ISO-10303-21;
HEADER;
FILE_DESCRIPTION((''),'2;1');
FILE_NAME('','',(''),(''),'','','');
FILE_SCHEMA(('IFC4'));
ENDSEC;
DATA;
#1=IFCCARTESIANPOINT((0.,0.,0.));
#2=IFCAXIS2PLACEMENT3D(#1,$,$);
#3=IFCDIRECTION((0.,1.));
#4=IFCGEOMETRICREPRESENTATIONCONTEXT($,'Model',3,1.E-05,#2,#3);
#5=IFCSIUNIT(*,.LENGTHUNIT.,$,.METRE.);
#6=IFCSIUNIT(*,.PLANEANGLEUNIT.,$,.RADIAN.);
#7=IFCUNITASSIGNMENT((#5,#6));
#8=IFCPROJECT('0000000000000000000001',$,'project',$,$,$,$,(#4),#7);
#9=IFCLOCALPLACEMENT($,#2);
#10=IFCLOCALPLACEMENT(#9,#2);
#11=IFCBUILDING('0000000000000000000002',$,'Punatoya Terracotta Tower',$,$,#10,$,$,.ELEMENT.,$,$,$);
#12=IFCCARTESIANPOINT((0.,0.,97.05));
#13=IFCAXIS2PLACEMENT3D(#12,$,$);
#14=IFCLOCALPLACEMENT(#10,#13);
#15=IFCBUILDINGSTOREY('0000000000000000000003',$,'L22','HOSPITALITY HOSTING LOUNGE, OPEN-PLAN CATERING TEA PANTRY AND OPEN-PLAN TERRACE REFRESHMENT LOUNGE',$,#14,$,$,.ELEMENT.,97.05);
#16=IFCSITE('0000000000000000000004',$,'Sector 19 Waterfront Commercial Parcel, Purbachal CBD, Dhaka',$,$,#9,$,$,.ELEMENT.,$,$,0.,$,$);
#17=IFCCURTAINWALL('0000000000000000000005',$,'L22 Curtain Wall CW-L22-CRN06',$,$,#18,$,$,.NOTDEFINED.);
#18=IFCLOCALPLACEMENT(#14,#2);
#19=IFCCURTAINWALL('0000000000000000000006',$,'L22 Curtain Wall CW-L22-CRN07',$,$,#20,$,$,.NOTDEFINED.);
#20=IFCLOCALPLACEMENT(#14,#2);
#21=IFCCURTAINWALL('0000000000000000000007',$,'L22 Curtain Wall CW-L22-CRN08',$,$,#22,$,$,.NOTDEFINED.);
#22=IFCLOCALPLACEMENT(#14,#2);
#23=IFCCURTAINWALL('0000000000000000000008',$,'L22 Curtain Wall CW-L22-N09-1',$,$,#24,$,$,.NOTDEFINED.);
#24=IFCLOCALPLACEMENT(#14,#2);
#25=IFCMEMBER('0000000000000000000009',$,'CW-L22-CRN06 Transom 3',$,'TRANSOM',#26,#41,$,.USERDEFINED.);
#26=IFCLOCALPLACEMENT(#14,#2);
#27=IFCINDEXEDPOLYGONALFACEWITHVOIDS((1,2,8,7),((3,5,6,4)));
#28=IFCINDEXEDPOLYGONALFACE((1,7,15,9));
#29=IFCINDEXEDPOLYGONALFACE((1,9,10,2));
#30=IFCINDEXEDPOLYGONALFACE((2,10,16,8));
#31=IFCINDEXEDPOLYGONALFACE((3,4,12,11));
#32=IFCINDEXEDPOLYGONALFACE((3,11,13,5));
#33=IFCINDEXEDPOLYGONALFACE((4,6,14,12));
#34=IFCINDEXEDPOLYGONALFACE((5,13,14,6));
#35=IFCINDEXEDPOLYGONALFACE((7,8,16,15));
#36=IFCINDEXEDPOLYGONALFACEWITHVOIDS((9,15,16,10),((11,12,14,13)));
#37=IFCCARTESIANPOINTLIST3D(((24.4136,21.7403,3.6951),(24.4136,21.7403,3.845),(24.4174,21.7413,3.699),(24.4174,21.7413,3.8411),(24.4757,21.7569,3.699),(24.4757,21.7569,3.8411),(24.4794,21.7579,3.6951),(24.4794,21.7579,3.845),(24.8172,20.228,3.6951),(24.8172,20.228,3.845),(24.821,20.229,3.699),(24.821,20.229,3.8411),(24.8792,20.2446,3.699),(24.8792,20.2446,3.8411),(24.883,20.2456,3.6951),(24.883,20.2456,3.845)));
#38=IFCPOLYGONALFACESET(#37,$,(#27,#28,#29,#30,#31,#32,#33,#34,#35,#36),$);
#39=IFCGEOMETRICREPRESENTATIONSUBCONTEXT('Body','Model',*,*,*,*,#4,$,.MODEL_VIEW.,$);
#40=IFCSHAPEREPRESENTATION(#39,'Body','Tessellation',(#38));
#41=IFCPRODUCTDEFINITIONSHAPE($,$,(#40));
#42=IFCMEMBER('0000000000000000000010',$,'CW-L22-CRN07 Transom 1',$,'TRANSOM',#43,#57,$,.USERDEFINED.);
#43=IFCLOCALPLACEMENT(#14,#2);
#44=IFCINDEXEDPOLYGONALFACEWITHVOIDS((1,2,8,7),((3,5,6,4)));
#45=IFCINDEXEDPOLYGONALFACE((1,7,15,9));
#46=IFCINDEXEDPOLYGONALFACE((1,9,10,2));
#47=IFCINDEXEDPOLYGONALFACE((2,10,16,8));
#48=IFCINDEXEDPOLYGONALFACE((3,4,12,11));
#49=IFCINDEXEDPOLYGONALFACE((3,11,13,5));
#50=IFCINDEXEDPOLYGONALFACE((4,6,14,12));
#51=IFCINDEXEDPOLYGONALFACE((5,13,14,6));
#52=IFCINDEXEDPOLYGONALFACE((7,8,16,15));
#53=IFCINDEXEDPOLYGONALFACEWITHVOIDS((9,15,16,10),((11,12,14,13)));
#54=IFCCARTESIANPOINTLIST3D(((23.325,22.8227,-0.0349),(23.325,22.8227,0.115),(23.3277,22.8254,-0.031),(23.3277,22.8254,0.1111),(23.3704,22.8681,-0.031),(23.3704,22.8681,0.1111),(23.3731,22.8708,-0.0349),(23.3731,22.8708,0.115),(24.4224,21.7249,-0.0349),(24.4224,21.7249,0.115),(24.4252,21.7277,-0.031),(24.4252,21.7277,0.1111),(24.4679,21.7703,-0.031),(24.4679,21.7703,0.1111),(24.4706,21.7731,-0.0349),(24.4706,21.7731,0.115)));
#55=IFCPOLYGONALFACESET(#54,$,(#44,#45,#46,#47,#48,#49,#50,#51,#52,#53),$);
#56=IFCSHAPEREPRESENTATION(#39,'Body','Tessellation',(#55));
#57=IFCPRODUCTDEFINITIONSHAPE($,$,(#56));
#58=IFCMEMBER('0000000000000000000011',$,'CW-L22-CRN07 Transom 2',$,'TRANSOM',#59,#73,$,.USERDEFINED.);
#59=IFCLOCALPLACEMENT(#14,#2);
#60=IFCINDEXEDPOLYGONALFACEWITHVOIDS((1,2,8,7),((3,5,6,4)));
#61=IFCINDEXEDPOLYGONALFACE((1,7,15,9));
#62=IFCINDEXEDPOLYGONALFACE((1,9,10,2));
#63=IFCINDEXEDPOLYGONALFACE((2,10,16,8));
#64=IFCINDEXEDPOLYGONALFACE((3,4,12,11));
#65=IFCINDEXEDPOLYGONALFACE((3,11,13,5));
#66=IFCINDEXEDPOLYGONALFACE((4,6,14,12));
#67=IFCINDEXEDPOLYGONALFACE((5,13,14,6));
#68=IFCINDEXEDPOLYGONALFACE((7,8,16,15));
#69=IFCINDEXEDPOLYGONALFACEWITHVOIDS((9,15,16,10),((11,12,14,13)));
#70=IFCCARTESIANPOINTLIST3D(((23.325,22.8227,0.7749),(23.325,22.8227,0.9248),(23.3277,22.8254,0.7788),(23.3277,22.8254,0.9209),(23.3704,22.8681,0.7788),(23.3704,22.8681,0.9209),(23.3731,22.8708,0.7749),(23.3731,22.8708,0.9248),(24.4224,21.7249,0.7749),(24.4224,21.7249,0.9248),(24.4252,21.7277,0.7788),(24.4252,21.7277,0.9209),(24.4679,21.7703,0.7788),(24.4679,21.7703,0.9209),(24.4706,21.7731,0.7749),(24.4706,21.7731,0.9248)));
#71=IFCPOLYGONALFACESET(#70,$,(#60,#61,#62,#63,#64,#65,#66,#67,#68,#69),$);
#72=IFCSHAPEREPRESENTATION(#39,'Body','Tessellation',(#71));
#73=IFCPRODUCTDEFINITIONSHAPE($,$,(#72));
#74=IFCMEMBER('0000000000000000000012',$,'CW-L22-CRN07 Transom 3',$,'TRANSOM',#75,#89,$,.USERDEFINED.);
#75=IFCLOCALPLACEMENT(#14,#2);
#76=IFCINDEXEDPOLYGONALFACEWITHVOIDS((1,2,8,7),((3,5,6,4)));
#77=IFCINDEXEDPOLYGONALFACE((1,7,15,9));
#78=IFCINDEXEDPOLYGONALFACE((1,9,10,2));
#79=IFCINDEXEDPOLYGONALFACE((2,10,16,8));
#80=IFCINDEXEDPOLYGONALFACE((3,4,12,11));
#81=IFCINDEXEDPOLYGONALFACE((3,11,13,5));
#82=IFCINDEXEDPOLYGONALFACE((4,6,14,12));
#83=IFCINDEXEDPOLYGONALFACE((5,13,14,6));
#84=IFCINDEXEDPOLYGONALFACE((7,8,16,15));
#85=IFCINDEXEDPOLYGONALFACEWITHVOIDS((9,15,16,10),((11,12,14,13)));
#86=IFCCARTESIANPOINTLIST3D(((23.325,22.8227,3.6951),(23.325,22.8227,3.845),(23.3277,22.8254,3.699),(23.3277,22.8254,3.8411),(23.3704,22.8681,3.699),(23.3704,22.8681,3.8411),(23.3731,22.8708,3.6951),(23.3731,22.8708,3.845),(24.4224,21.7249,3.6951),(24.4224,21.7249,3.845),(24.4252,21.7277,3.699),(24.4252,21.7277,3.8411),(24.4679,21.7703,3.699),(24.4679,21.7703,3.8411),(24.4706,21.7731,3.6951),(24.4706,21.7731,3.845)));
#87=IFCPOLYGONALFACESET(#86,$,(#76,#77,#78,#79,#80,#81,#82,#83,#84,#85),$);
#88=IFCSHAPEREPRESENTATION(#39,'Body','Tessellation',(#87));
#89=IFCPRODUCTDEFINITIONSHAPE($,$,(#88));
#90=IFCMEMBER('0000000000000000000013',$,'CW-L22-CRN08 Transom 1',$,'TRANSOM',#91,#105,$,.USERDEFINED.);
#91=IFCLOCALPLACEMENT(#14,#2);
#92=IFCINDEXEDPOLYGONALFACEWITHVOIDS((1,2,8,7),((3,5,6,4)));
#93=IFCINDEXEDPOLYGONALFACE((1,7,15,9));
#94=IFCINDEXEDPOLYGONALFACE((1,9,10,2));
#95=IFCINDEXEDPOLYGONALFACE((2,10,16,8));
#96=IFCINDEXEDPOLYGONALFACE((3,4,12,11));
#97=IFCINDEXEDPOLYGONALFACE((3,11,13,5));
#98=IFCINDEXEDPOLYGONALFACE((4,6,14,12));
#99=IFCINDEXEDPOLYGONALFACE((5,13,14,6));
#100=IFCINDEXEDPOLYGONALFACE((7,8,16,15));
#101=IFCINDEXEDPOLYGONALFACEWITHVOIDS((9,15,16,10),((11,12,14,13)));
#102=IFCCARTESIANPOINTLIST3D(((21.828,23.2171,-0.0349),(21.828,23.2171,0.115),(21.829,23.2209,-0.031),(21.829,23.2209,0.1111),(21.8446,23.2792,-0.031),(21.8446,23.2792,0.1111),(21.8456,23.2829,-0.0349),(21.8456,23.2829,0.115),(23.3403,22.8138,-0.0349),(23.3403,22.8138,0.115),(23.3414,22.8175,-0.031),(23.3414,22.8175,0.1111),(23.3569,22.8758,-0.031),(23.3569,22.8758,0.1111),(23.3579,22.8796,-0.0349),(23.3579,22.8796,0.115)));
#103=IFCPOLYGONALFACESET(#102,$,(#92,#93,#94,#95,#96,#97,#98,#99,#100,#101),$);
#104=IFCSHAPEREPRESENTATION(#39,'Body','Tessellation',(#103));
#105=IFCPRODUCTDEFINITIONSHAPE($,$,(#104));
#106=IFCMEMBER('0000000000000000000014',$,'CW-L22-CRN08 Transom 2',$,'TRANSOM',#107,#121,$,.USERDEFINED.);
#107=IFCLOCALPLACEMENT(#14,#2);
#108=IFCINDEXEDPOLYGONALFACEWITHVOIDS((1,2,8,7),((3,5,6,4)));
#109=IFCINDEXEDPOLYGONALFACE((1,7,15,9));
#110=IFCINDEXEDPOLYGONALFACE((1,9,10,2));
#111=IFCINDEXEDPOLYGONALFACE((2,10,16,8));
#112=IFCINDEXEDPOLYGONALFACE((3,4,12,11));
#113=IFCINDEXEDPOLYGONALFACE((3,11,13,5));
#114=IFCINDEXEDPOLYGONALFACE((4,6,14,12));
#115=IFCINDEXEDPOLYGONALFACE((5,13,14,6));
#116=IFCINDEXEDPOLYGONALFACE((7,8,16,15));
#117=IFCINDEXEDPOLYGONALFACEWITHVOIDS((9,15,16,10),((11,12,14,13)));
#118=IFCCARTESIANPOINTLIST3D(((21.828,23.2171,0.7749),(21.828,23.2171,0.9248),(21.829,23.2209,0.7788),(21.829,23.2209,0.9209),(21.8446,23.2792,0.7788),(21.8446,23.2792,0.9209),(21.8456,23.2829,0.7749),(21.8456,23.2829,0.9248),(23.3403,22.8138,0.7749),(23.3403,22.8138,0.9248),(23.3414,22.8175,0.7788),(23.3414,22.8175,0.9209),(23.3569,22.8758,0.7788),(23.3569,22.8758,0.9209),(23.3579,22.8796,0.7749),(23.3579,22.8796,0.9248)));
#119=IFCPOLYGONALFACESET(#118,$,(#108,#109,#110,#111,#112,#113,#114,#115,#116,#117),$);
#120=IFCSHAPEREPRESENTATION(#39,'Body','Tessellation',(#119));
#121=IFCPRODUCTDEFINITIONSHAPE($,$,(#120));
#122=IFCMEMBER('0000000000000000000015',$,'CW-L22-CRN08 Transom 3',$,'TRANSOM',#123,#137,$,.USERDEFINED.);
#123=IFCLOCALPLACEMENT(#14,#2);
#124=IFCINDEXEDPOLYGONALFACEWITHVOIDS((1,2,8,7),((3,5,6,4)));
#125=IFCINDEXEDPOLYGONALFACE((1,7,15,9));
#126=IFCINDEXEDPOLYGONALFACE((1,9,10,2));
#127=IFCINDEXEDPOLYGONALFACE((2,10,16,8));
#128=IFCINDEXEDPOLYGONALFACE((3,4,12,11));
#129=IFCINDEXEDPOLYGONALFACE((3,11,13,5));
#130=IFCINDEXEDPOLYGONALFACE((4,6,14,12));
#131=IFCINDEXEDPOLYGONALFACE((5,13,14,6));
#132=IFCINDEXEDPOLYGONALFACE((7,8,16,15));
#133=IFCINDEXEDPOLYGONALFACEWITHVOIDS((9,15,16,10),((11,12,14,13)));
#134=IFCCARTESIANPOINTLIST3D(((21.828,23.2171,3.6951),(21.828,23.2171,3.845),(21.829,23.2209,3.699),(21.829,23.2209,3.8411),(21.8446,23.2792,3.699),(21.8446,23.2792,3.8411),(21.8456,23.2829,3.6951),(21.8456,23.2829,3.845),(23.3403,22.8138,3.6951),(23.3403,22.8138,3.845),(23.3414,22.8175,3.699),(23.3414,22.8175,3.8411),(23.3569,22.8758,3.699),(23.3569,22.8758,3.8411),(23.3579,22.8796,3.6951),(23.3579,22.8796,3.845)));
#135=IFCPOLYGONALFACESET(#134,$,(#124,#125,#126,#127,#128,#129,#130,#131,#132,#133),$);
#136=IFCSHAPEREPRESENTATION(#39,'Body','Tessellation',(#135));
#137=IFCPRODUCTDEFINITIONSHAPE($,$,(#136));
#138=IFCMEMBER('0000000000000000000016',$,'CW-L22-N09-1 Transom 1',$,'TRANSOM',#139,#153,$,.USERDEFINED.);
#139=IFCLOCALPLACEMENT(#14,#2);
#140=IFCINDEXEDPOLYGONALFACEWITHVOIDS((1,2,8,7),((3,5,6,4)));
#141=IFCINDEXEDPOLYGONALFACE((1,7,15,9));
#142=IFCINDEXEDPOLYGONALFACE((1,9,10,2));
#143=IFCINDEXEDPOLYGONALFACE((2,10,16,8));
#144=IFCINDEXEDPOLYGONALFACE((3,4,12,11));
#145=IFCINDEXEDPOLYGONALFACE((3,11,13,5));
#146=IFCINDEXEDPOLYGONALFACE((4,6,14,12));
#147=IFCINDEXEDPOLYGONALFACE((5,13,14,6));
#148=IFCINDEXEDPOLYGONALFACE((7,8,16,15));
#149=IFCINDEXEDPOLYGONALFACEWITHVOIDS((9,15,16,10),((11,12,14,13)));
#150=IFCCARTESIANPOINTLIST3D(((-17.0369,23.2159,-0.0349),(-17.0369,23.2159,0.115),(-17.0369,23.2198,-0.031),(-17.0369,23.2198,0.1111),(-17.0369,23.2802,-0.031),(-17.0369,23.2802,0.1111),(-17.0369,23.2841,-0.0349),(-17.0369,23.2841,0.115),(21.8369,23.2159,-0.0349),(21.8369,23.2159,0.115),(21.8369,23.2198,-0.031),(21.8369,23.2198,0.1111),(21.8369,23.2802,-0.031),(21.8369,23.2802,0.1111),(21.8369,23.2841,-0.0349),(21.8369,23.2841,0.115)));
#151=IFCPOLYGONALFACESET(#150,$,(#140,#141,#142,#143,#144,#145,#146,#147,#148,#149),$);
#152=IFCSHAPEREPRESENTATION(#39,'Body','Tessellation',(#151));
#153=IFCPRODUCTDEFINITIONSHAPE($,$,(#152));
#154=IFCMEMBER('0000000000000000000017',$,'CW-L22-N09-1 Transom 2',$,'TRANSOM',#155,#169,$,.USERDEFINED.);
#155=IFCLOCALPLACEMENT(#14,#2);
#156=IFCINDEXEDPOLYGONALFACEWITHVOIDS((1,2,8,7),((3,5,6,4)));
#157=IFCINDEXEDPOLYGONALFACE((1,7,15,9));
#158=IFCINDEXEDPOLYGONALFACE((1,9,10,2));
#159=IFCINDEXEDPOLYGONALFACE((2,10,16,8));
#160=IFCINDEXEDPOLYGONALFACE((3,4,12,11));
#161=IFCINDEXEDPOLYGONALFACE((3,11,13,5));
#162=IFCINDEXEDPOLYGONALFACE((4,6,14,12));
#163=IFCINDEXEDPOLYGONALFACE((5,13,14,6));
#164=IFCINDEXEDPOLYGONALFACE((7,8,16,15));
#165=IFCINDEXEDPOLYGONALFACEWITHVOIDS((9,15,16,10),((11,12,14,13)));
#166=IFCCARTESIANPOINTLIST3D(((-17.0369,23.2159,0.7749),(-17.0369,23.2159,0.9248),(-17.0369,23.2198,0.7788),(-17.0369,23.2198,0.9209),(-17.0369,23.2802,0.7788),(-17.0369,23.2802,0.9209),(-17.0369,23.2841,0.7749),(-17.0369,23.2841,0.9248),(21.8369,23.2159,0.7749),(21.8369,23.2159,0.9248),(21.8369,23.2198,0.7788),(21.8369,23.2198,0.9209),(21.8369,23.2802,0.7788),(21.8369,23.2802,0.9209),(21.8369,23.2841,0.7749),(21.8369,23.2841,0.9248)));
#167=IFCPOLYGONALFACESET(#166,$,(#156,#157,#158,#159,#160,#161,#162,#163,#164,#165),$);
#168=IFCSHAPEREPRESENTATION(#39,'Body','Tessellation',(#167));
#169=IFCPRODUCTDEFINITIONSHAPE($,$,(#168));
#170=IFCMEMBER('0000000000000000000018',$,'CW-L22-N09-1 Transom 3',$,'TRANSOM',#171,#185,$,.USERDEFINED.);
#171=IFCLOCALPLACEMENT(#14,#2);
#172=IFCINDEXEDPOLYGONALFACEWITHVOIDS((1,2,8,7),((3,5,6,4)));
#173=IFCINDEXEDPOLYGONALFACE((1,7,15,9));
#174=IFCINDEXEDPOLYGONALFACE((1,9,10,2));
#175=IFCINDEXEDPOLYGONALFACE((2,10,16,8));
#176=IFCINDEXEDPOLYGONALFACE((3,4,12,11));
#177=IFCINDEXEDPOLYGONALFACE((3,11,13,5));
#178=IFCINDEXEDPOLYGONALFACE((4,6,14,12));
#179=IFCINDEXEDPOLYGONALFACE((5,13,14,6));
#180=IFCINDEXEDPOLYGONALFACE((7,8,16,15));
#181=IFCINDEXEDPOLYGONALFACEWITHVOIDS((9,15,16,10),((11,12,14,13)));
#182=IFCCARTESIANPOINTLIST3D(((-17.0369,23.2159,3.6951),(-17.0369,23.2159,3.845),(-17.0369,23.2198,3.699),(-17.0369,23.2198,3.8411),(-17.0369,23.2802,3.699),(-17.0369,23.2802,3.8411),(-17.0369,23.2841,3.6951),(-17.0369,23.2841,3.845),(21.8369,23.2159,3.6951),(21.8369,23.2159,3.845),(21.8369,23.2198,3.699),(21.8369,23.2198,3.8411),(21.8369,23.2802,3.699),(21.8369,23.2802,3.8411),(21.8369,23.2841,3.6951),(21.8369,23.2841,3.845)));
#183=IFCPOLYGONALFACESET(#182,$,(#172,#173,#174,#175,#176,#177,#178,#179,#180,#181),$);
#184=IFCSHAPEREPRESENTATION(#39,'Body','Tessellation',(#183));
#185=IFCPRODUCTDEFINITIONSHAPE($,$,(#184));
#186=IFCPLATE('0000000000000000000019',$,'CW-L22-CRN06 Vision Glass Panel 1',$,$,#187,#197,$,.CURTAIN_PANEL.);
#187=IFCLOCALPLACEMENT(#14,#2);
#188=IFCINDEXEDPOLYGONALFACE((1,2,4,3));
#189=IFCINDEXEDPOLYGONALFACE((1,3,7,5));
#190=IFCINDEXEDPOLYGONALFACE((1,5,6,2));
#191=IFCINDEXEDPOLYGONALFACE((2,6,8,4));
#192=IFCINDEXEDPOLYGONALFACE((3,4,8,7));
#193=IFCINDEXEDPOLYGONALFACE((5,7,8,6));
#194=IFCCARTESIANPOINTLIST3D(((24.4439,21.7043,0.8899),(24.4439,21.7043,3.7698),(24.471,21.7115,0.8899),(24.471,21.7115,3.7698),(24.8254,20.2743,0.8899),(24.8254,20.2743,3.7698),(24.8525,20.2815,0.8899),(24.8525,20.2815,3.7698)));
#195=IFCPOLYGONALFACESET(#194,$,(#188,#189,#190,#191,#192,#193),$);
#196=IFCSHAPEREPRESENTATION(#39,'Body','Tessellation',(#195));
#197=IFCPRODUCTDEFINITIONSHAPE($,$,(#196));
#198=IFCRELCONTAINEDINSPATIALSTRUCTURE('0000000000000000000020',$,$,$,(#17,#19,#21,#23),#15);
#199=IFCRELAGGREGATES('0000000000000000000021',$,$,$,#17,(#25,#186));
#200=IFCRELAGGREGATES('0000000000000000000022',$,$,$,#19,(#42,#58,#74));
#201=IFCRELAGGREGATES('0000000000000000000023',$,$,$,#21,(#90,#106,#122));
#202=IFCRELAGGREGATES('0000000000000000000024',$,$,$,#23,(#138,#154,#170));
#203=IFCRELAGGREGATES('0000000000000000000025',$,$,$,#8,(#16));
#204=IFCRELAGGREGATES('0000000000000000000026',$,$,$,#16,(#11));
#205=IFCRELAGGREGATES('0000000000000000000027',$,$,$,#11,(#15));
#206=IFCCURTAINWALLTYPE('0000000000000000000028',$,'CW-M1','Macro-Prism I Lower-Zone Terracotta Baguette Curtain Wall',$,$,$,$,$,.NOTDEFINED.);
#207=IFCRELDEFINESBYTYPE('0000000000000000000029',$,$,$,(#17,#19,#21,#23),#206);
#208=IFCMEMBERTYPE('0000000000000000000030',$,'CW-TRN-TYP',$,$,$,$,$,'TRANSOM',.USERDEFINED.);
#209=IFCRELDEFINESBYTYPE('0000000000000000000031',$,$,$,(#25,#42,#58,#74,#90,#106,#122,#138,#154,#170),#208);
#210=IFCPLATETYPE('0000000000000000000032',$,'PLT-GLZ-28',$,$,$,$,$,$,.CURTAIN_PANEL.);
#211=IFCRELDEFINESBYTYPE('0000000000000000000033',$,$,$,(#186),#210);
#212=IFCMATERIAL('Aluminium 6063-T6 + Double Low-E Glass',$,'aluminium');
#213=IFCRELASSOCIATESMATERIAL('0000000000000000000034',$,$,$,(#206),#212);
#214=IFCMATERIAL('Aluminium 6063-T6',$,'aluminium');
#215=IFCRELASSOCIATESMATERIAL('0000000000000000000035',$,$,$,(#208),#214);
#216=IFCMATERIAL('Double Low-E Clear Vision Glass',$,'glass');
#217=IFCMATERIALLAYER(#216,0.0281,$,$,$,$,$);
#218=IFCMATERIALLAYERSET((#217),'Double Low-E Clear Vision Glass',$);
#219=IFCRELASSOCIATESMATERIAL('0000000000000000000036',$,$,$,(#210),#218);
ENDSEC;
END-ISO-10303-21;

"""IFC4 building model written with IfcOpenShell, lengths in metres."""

from ifc_helpers import new_model, si_unit, direction, frame, origin, origin_2d, place, context, subcontext, project, spatial, rectangle, hollow_rectangle, extrude, material, layer, layer_set, material_profile, profile_set, type_object, element, aggregate, save


model = new_model("IFC4")

# Units and contexts
model_context = context("Model", 3, precision=1e-05, world=origin(), true_north=direction((0.0, 1.0)))
body_context = subcontext(model_context, "Body", "Model", "MODEL_VIEW")
ifc_project = project(units=[si_unit("LENGTHUNIT", "METRE"), si_unit("PLANEANGLEUNIT", "RADIAN")], contexts=[model_context])

# Site, building, storey
site_placement = place(None, origin())
site = spatial("IfcSite", under=ifc_project, at=site_placement, Name="Sector 19 Waterfront Commercial Parcel, Purbachal CBD, Dhaka", CompositionType="ELEMENT", RefElevation=0.0)
building_placement = place(site_placement, origin())
building = spatial("IfcBuilding", under=site, at=building_placement, Name="Punatoya Terracotta Tower", CompositionType="ELEMENT")
storey_placement = place(building_placement, frame((0.0, 0.0, 97.05)))
storey = spatial("IfcBuildingStorey", under=building, at=storey_placement, Name="L22", Description="HOSPITALITY HOSTING LOUNGE, OPEN-PLAN CATERING TEA PANTRY AND OPEN-PLAN TERRACE REFRESHMENT LOUNGE", CompositionType="ELEMENT", Elevation=97.05)

# Curtain walls
ifc_material_1 = material(Name="Aluminium 6063-T6 + Double Low-E Glass", Category="aluminium")
curtain_wall_type = type_object("IfcCurtainWallType", Name="CW-M1", Description="Macro-Prism I Lower-Zone Terracotta Baguette Curtain Wall", PredefinedType="NOTDEFINED", material=ifc_material_1)
curtain_wall_1_placement = place(storey_placement, origin())
curtain_wall_1 = element("IfcCurtainWall", 1, at=curtain_wall_1_placement, inside=storey, type_object=curtain_wall_type, Name="L22 Curtain Wall CW-L22-CRN06", PredefinedType="NOTDEFINED")
ifc_material_2 = material(Name="Aluminium 6063-T6", Category="aluminium")
curtain_wall_2_placement = place(storey_placement, origin())
curtain_wall_2 = element("IfcCurtainWall", 2, at=curtain_wall_2_placement, inside=storey, type_object=curtain_wall_type, Name="L22 Curtain Wall CW-L22-CRN07", PredefinedType="NOTDEFINED")
curtain_wall_3_placement = place(storey_placement, origin())
curtain_wall_3 = element("IfcCurtainWall", 3, at=curtain_wall_3_placement, inside=storey, type_object=curtain_wall_type, Name="L22 Curtain Wall CW-L22-CRN08", PredefinedType="NOTDEFINED")

# Curtain wall
curtain_wall_4_placement = place(storey_placement, origin())
curtain_wall_4 = element("IfcCurtainWall", 4, at=curtain_wall_4_placement, inside=storey, type_object=curtain_wall_type, Name="L22 Curtain Wall CW-L22-N09-1", PredefinedType="NOTDEFINED")

# Members
ifc_material_profile_1 = material_profile(ifc_material_2, hollow_rectangle(XDim=0.0681, YDim=0.1499, WallThickness=0.0039, at=origin_2d()))
ifc_profile_set_1 = profile_set([ifc_material_profile_1], Name="Aluminium 6063-T6")
member_type_1 = type_object("IfcMemberType", Name="CW-TRN-TYP", ElementType="TRANSOM", PredefinedType="USERDEFINED", material=ifc_profile_set_1)
member_1_placement = place(storey_placement, frame((24.8501, 20.2368, 3.77), z_axis=(-0.257847, 0.966186, 0.0), x_axis=(-0.966186, -0.257847, 0.0)))
member_1 = element("IfcMember", 5, at=member_1_placement, type_object=member_type_1, Name="CW-L22-CRN06 Transom 3", ObjectType="TRANSOM", PredefinedType="USERDEFINED", context=body_context, shape_type="SweptSolid", body=[
    extrude(hollow_rectangle(XDim=0.0681, YDim=0.1499, WallThickness=0.0039, at=origin_2d()), origin(), (0.0, 0.0, 1.0), 1.5652),
])
member_2_placement = place(storey_placement, frame((24.4465, 21.749, 0.04), z_axis=(-0.707028, 0.707185, 0.0), x_axis=(-0.707185, -0.707028, 0.0)))
member_2 = element("IfcMember", 6, at=member_2_placement, type_object=member_type_1, Name="CW-L22-CRN07 Transom 1", ObjectType="TRANSOM", PredefinedType="USERDEFINED", context=body_context, shape_type="SweptSolid", body=[
    extrude(hollow_rectangle(XDim=0.0681, YDim=0.1499, WallThickness=0.0039, at=origin_2d()), origin(), (0.0, 0.0, 1.0), 1.5522),
])
member_3_placement = place(storey_placement, frame((24.4465, 21.749, 0.8499), z_axis=(-0.707028, 0.707185, 0.0), x_axis=(-0.707185, -0.707028, 0.0)))
member_3 = element("IfcMember", 7, at=member_3_placement, type_object=member_type_1, Name="CW-L22-CRN07 Transom 2", ObjectType="TRANSOM", PredefinedType="USERDEFINED", context=body_context, shape_type="SweptSolid", body=[
    extrude(hollow_rectangle(XDim=0.0681, YDim=0.1499, WallThickness=0.0039, at=origin_2d()), origin(), (0.0, 0.0, 1.0), 1.5522),
])
member_4_placement = place(storey_placement, frame((24.4465, 21.749, 3.77), z_axis=(-0.707028, 0.707185, 0.0), x_axis=(-0.707185, -0.707028, 0.0)))
member_4 = element("IfcMember", 8, at=member_4_placement, type_object=member_type_1, Name="CW-L22-CRN07 Transom 3", ObjectType="TRANSOM", PredefinedType="USERDEFINED", context=body_context, shape_type="SweptSolid", body=[
    extrude(hollow_rectangle(XDim=0.0681, YDim=0.1499, WallThickness=0.0039, at=origin_2d()), origin(), (0.0, 0.0, 1.0), 1.5522),
])
member_5_placement = place(storey_placement, frame((23.3491, 22.8467, 0.04), z_axis=(-0.966225, 0.257701, 0.0), x_axis=(-0.257701, -0.966225, 0.0)))
member_5 = element("IfcMember", 9, at=member_5_placement, type_object=member_type_1, Name="CW-L22-CRN08 Transom 1", ObjectType="TRANSOM", PredefinedType="USERDEFINED", context=body_context, shape_type="SweptSolid", body=[
    extrude(hollow_rectangle(XDim=0.0681, YDim=0.1499, WallThickness=0.0039, at=origin_2d()), origin(), (0.0, 0.0, 1.0), 1.5652),
])
member_6_placement = place(storey_placement, frame((23.3491, 22.8467, 0.8499), z_axis=(-0.966225, 0.257701, 0.0), x_axis=(-0.257701, -0.966225, 0.0)))
member_6 = element("IfcMember", 10, at=member_6_placement, type_object=member_type_1, Name="CW-L22-CRN08 Transom 2", ObjectType="TRANSOM", PredefinedType="USERDEFINED", context=body_context, shape_type="SweptSolid", body=[
    extrude(hollow_rectangle(XDim=0.0681, YDim=0.1499, WallThickness=0.0039, at=origin_2d()), origin(), (0.0, 0.0, 1.0), 1.5652),
])
member_7_placement = place(storey_placement, frame((23.3491, 22.8467, 3.77), z_axis=(-0.966225, 0.257701, 0.0), x_axis=(-0.257701, -0.966225, 0.0)))
member_7 = element("IfcMember", 11, at=member_7_placement, type_object=member_type_1, Name="CW-L22-CRN08 Transom 3", ObjectType="TRANSOM", PredefinedType="USERDEFINED", context=body_context, shape_type="SweptSolid", body=[
    extrude(hollow_rectangle(XDim=0.0681, YDim=0.1499, WallThickness=0.0039, at=origin_2d()), origin(), (0.0, 0.0, 1.0), 1.5652),
])
member_8_placement = place(storey_placement, frame((21.8369, 23.25, 0.04), z_axis=(-1.0, 0.0, 0.0), x_axis=(0.0, -1.0, 0.0)))
member_8 = element("IfcMember", 12, at=member_8_placement, type_object=member_type_1, Name="CW-L22-N09-1 Transom 1", ObjectType="TRANSOM", PredefinedType="USERDEFINED", context=body_context, shape_type="SweptSolid", body=[
    extrude(hollow_rectangle(XDim=0.0681, YDim=0.1499, WallThickness=0.0039, at=origin_2d()), origin(), (0.0, 0.0, 1.0), 38.8738),
])
member_9_placement = place(storey_placement, frame((21.8369, 23.25, 0.8499), z_axis=(-1.0, 0.0, 0.0), x_axis=(0.0, -1.0, 0.0)))
member_9 = element("IfcMember", 13, at=member_9_placement, type_object=member_type_1, Name="CW-L22-N09-1 Transom 2", ObjectType="TRANSOM", PredefinedType="USERDEFINED", context=body_context, shape_type="SweptSolid", body=[
    extrude(hollow_rectangle(XDim=0.0681, YDim=0.1499, WallThickness=0.0039, at=origin_2d()), origin(), (0.0, 0.0, 1.0), 38.8738),
])
member_10_placement = place(storey_placement, frame((21.8369, 23.25, 3.77), z_axis=(-1.0, 0.0, 0.0), x_axis=(0.0, -1.0, 0.0)))
member_10 = element("IfcMember", 14, at=member_10_placement, type_object=member_type_1, Name="CW-L22-N09-1 Transom 3", ObjectType="TRANSOM", PredefinedType="USERDEFINED", context=body_context, shape_type="SweptSolid", body=[
    extrude(hollow_rectangle(XDim=0.0681, YDim=0.1499, WallThickness=0.0039, at=origin_2d()), origin(), (0.0, 0.0, 1.0), 38.8738),
])

# Plate
ifc_material_3 = material(Name="Double Low-E Clear Vision Glass", Category="glass")
ifc_layer_1 = layer(ifc_material_3, 0.0281)
ifc_layer_set_1 = layer_set([ifc_layer_1], Name="Double Low-E Clear Vision Glass")
plate_type_1 = type_object("IfcPlateType", Name="PLT-GLZ-28", PredefinedType="CURTAIN_PANEL", material=ifc_layer_set_1)
plate_1_placement = place(storey_placement, frame((24.6482, 20.9929, 0.8899), z_axis=(0.0, 0.0, 1.0), x_axis=(-0.257742, 0.966214, 0.0)))
plate_1 = element("IfcPlate", 15, at=plate_1_placement, type_object=plate_type_1, Name="CW-L22-CRN06 Vision Glass Panel 1", PredefinedType="CURTAIN_PANEL", context=body_context, shape_type="SweptSolid", body=[
    extrude(rectangle(XDim=1.48, YDim=0.0281, at=origin_2d()), origin(), (0.0, 0.0, 1.0), 2.8799),
])
aggregate(curtain_wall_1, [member_1, plate_1])
aggregate(curtain_wall_2, [member_2, member_3, member_4])
aggregate(curtain_wall_3, [member_5, member_6, member_7])
aggregate(curtain_wall_4, [member_8, member_9, member_10])

save(model, "model.ifc")
